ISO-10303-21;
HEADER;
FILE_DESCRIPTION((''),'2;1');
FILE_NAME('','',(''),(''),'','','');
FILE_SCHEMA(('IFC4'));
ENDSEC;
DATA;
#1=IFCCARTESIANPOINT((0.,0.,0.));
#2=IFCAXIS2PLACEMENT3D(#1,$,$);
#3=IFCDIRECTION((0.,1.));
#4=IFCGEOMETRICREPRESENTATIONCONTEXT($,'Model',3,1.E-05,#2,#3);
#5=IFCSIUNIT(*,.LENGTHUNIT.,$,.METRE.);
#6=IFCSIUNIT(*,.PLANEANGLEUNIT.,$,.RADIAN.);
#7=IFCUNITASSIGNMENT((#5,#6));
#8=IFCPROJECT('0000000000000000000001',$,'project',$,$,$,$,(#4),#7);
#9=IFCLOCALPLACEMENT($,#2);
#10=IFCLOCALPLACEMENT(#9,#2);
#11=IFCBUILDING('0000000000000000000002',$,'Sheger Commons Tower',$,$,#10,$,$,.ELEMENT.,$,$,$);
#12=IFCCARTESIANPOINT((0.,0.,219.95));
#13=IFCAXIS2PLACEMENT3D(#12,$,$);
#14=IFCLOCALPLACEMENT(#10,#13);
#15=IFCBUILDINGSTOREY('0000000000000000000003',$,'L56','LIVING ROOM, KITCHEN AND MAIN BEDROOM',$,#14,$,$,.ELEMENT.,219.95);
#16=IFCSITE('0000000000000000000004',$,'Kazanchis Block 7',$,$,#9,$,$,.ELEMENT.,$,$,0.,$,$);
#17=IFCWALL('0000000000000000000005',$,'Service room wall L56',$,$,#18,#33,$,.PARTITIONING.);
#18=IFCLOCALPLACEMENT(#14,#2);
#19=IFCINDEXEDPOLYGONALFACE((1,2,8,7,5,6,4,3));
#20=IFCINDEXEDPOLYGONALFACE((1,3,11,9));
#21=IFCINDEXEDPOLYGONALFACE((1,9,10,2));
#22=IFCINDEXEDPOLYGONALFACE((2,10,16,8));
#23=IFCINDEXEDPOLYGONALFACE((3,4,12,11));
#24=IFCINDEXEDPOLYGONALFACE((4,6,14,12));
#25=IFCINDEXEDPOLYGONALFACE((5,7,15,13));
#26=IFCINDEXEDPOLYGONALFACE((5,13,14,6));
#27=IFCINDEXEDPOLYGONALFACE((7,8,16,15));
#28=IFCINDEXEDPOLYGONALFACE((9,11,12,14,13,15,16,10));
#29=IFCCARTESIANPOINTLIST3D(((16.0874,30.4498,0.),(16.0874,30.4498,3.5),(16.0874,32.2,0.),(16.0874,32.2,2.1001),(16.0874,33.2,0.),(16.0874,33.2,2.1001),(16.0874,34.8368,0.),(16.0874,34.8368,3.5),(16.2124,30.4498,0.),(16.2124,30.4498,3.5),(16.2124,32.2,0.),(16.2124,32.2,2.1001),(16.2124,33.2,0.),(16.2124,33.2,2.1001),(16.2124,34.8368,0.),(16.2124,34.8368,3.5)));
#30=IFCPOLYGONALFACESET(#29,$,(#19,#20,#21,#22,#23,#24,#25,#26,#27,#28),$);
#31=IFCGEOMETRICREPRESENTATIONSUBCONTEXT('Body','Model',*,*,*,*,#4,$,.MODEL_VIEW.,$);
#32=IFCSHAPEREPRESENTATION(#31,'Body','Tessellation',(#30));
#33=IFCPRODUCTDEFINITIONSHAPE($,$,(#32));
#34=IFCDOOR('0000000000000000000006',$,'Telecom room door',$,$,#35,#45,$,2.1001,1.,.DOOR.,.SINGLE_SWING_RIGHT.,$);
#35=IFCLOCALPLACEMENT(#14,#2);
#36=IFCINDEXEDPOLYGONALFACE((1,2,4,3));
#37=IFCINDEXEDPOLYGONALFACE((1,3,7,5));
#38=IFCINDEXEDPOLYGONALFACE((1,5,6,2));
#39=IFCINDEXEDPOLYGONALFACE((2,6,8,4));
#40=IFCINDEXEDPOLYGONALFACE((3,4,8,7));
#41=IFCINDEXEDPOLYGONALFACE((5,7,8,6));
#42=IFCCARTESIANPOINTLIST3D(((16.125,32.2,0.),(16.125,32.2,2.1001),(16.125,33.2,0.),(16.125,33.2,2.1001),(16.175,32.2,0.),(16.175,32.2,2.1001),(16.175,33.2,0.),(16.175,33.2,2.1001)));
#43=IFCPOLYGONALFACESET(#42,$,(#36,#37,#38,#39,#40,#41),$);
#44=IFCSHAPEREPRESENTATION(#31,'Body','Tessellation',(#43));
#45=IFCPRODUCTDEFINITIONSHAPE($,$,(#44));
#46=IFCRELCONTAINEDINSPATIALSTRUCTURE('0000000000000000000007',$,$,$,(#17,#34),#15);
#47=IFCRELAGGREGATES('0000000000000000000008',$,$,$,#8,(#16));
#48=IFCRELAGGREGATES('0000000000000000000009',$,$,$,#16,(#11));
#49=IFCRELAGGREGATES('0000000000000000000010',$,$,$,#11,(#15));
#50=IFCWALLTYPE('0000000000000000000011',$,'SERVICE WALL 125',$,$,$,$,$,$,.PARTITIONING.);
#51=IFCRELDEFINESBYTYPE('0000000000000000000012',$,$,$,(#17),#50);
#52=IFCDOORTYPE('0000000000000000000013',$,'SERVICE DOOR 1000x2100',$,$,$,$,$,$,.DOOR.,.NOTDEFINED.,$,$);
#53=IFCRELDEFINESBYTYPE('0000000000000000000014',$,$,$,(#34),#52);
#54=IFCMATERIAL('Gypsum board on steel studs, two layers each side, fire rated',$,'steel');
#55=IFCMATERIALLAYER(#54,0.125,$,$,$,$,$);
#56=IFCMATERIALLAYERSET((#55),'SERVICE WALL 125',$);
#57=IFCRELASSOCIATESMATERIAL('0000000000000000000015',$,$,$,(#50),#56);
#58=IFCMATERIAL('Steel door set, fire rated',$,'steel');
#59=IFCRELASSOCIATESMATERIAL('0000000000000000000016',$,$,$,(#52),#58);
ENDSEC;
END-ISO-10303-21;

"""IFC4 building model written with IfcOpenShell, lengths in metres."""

from ifc_helpers import new_model, si_unit, direction, frame, frame_2d, origin, place, context, subcontext, project, spatial, rectangle, extrude, material, layer, layer_set, type_object, element, fill, save


model = new_model("IFC4")

# Units and contexts
model_context = context("Model", 3, precision=1e-05, world=origin(), true_north=direction((0.0, 1.0)))
body_context = subcontext(model_context, "Body", "Model", "MODEL_VIEW")
ifc_project = project(units=[si_unit("LENGTHUNIT", "METRE"), si_unit("PLANEANGLEUNIT", "RADIAN")], contexts=[model_context])

# Site, building, storey
site_placement = place(None, origin())
site = spatial("IfcSite", under=ifc_project, at=site_placement, Name="Kazanchis Block 7", CompositionType="ELEMENT", RefElevation=0.0)
building_placement = place(site_placement, origin())
building = spatial("IfcBuilding", under=site, at=building_placement, Name="Sheger Commons Tower", CompositionType="ELEMENT")
storey_placement = place(building_placement, frame((0.0, 0.0, 219.95)))
storey = spatial("IfcBuildingStorey", under=building, at=storey_placement, Name="L56", Description="LIVING ROOM, KITCHEN AND MAIN BEDROOM", CompositionType="ELEMENT", Elevation=219.95)

# Shared definitions
ifc_material_1 = material(Name="Gypsum board on steel studs, two layers each side, fire rated", Category="steel")
ifc_layer_1 = layer(ifc_material_1, 0.125)
ifc_layer_set_1 = layer_set([ifc_layer_1], Name="SERVICE WALL 125")
wall_type_1 = type_object("IfcWallType", Name="SERVICE WALL 125", PredefinedType="PARTITIONING", material=ifc_layer_set_1)
ifc_material_2 = material(Name="Steel door set, fire rated", Category="steel")
door_type_1 = type_object("IfcDoorType", Name="SERVICE DOOR 1000x2100", OperationType="NOTDEFINED", PredefinedType="DOOR", material=ifc_material_2)

# Wall, opening, door
wall_1_placement = place(storey_placement, frame((16.1499, 30.45, 0.0), z_axis=(0.0, 0.0, 1.0), x_axis=(0.0, 1.0, 0.0)))
wall_1 = element("IfcWall", 1, at=wall_1_placement, inside=storey, type_object=wall_type_1, Name="Service room wall L56", PredefinedType="PARTITIONING", context=body_context, shape_type="SweptSolid", body=[
    extrude(rectangle(XDim=4.387, YDim=0.125, at=frame_2d((2.1934, 0.0))), origin(), (0.0, 0.0, 1.0), 3.5),
])
opening_1_placement = place(wall_1_placement, frame((1.75, 0.0, 0.0)))
opening_1 = element("IfcOpeningElement", 2, at=opening_1_placement, cuts=wall_1, PredefinedType="OPENING", context=body_context, shape_type="SweptSolid", body=[
    extrude(rectangle(XDim=1.0, YDim=2.1001, at=frame_2d((0.5, 1.05))), frame((0.0, 0.0725, 0.0), z_axis=(0.0, -1.0, 0.0), x_axis=(1.0, 0.0, 0.0)), (0.0, 0.0, 1.0), 0.145),
])
door_1_placement = place(opening_1_placement, origin())
door_1 = element("IfcDoor", 3, at=door_1_placement, inside=storey, type_object=door_type_1, Name="Telecom room door", OperationType="SINGLE_SWING_RIGHT", OverallHeight=2.1001, OverallWidth=1.0, PredefinedType="DOOR", context=body_context, shape_type="SweptSolid", body=[
    extrude(rectangle(XDim=1.0, YDim=2.1001, at=frame_2d((0.5, 1.05))), frame((0.0, 0.0249, 0.0), z_axis=(0.0, -1.0, 0.0), x_axis=(1.0, 0.0, 0.0)), (0.0, 0.0, 1.0), 0.05),
])
fill(opening_1, door_1)

save(model, "model.ifc")
